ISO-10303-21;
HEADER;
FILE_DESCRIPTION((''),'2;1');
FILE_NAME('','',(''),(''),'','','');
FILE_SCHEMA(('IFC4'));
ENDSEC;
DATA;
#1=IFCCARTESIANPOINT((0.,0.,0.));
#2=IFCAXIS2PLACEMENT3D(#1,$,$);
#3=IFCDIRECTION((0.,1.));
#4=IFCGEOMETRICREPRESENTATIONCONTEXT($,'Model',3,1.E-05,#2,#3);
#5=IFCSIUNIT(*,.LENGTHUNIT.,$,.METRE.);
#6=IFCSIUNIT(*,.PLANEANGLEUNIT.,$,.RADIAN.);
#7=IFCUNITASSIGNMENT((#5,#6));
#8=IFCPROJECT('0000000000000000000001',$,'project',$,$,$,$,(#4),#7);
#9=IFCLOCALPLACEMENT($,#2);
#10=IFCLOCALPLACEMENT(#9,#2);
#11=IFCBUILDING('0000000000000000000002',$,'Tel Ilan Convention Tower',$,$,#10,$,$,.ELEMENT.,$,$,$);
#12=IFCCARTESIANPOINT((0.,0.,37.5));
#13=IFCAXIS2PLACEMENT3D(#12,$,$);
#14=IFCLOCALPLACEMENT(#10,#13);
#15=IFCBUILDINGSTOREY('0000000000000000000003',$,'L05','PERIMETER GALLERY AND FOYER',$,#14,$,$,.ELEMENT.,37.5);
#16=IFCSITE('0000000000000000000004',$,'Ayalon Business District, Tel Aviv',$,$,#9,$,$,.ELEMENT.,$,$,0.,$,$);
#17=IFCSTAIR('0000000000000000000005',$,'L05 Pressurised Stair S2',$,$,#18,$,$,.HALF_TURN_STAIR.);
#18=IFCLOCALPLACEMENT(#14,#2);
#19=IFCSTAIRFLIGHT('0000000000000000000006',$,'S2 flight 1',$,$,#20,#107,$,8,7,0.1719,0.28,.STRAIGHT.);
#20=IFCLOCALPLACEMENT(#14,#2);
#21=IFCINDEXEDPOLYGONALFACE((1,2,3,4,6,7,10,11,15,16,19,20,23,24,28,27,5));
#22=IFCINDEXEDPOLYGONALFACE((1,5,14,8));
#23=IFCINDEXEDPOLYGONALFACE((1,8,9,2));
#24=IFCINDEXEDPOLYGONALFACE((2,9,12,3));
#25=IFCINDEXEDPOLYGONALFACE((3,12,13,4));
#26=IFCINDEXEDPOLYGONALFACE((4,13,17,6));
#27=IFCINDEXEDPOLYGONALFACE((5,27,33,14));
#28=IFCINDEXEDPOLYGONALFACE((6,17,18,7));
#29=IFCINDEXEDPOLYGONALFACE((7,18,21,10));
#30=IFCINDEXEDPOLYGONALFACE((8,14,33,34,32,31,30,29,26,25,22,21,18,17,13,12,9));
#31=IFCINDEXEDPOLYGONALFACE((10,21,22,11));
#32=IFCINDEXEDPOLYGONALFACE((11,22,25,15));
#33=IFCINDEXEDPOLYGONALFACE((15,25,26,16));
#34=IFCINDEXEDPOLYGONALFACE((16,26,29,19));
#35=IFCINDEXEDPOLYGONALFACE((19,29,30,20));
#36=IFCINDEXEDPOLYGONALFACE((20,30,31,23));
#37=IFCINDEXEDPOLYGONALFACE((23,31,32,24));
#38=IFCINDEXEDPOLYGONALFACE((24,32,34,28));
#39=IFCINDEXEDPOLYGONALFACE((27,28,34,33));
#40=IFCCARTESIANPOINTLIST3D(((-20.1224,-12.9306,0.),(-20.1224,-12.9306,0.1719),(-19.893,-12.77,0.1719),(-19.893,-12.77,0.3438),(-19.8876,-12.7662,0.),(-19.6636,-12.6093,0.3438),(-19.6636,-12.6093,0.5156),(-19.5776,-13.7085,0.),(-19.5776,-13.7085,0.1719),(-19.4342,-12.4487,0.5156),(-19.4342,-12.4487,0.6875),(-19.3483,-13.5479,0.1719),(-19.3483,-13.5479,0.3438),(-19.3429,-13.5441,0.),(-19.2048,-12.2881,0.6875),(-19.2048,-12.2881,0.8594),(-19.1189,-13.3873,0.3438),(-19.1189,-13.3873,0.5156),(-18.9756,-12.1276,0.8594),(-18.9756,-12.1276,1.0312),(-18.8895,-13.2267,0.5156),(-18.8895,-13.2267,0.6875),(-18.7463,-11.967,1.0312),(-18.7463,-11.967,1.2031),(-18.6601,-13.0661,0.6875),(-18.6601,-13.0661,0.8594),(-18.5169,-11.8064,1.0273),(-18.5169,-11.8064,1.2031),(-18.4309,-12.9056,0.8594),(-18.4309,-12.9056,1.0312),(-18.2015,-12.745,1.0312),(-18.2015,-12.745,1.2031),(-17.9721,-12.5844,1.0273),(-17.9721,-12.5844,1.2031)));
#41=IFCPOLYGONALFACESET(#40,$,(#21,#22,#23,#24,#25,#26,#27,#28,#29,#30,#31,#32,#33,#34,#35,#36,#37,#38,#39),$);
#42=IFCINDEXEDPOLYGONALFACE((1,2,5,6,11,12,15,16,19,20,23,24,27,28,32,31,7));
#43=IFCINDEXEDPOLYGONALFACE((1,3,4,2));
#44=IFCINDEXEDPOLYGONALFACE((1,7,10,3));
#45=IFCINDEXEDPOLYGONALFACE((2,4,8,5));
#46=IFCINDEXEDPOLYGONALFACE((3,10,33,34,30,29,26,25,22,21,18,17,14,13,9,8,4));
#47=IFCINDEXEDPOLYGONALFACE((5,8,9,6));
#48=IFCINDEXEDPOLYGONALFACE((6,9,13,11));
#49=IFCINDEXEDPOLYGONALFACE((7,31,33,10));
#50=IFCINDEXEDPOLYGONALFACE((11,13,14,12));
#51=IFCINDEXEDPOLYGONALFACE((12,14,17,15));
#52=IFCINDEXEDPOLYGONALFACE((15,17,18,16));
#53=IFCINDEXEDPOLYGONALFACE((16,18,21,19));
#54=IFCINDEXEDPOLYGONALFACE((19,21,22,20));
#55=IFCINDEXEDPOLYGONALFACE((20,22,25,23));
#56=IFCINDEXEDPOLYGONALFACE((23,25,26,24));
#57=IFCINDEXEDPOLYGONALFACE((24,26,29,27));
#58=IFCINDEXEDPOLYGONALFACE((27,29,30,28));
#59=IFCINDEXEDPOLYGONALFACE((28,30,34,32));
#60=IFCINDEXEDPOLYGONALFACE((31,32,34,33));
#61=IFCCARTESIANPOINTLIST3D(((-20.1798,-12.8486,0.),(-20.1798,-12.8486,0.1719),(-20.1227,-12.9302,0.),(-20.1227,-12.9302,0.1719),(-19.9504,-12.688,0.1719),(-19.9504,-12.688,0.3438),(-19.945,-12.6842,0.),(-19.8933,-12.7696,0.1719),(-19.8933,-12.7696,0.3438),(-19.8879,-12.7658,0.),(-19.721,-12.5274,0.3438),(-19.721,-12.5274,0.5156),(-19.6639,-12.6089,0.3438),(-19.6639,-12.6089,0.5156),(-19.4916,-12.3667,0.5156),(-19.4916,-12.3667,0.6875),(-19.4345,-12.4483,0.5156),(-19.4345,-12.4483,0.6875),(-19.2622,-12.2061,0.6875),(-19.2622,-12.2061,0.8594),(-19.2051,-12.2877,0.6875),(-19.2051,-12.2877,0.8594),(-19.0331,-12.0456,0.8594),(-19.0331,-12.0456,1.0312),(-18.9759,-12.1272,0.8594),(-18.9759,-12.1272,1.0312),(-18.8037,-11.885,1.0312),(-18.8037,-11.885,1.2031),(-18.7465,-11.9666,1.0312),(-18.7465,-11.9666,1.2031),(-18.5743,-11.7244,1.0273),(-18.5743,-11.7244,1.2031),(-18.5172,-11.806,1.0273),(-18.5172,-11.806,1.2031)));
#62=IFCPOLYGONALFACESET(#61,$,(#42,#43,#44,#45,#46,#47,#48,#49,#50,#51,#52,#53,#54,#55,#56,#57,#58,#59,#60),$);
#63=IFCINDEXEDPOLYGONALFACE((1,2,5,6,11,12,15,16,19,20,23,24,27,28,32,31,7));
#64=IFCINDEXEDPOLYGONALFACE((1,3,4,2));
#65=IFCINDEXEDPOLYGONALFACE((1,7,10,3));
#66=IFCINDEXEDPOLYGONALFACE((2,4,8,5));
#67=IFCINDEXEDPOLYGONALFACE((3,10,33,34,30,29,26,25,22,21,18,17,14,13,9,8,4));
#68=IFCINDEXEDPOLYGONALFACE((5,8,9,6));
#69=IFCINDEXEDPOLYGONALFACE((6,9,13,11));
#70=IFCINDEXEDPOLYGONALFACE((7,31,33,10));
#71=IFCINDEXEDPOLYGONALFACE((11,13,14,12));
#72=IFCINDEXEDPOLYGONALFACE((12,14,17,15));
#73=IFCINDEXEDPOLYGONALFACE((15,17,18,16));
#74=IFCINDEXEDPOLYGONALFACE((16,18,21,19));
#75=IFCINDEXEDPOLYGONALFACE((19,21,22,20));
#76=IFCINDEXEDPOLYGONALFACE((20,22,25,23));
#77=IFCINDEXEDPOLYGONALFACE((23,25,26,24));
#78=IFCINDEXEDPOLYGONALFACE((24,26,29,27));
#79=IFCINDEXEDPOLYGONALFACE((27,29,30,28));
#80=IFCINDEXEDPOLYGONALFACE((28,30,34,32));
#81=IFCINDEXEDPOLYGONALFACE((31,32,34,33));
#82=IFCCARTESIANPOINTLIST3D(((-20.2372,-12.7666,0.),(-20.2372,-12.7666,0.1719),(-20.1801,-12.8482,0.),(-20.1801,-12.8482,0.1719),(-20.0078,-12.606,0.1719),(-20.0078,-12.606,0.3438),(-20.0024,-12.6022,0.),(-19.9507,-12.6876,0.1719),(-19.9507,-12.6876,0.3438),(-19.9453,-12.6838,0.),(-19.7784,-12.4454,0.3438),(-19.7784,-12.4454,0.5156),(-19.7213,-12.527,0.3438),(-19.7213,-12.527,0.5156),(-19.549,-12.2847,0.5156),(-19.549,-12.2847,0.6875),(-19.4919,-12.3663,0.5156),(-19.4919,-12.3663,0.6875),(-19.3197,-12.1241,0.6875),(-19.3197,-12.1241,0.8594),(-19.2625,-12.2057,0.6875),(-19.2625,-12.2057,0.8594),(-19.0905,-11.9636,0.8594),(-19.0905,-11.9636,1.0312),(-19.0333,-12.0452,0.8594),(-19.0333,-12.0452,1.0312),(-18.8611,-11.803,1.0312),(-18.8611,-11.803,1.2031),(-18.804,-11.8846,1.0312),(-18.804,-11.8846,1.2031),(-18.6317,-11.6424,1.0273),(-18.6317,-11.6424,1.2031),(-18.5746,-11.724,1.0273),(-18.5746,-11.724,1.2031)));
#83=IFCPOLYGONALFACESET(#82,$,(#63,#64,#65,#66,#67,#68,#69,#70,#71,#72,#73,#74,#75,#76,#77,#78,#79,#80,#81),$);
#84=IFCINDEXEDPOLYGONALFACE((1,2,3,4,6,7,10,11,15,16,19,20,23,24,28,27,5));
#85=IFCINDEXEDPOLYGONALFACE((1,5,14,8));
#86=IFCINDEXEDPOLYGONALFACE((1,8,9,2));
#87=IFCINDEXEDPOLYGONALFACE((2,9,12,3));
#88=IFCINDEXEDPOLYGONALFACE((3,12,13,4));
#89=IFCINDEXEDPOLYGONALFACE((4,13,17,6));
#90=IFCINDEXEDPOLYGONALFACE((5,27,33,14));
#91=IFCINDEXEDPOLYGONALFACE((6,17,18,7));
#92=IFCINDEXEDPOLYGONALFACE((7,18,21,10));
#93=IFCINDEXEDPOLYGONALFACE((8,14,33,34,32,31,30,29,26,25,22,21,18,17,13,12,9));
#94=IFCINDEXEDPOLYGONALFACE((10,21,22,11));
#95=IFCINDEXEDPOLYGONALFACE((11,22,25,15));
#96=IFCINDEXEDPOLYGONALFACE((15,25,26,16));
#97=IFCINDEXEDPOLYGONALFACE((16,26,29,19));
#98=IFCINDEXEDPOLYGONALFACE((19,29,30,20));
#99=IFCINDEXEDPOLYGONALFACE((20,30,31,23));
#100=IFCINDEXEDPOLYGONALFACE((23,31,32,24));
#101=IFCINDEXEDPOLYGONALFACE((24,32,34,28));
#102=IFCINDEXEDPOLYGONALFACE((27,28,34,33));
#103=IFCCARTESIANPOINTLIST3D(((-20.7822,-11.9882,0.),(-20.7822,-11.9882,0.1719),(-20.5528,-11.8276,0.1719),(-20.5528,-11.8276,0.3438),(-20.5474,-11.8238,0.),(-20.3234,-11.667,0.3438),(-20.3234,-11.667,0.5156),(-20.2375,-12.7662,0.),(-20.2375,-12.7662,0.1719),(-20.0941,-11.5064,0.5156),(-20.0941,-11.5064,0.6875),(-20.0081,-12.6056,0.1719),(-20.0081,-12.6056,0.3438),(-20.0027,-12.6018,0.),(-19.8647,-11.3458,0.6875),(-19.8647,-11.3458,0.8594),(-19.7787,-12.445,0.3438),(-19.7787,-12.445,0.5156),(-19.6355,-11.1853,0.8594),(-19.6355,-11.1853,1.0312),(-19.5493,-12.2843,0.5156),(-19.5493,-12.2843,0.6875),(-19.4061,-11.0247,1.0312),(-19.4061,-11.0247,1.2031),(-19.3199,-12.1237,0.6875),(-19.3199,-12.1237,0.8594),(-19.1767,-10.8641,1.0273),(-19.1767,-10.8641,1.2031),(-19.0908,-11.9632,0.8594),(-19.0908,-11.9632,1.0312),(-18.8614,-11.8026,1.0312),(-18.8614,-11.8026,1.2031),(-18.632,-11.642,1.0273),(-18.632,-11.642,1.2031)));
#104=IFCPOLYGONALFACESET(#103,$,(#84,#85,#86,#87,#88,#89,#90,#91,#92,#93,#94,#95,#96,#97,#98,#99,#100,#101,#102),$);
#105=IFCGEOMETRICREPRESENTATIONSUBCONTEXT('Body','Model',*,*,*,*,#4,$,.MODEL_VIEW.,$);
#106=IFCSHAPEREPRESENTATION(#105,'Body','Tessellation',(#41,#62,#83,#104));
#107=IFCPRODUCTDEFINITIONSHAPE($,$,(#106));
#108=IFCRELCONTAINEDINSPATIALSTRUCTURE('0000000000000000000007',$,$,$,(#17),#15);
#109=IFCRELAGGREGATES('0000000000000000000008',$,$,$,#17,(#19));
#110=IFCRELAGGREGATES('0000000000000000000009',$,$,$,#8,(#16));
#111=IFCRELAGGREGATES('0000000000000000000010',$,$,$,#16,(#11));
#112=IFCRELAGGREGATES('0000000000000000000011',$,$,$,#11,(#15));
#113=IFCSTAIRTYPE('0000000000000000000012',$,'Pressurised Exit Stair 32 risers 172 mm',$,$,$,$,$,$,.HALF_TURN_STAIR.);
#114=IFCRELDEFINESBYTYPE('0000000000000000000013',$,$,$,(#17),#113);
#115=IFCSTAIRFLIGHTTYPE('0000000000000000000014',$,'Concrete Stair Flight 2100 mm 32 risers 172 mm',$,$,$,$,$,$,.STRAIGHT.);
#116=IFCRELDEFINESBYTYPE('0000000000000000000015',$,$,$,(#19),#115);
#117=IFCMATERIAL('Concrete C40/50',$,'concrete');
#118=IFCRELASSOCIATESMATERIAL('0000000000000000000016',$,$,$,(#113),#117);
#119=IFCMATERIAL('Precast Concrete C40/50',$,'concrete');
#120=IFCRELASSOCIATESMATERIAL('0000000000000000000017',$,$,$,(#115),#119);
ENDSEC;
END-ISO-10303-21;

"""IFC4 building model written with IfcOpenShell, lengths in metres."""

from ifc_helpers import new_model, si_unit, direction, frame, origin, place, context, subcontext, project, spatial, polyline, outline, extrude, material, type_object, element, aggregate, save


model = new_model("IFC4")

# Units and contexts
model_context = context("Model", 3, precision=1e-05, world=origin(), true_north=direction((0.0, 1.0)))
body_context = subcontext(model_context, "Body", "Model", "MODEL_VIEW")
ifc_project = project(units=[si_unit("LENGTHUNIT", "METRE"), si_unit("PLANEANGLEUNIT", "RADIAN")], contexts=[model_context])

# Site, building, storey
site_placement = place(None, origin())
site = spatial("IfcSite", under=ifc_project, at=site_placement, Name="Ayalon Business District, Tel Aviv", CompositionType="ELEMENT", RefElevation=0.0)
building_placement = place(site_placement, origin())
building = spatial("IfcBuilding", under=site, at=building_placement, Name="Tel Ilan Convention Tower", CompositionType="ELEMENT")
storey_placement = place(building_placement, frame((0.0, 0.0, 37.5)))
storey = spatial("IfcBuildingStorey", under=building, at=storey_placement, Name="L05", Description="PERIMETER GALLERY AND FOYER", CompositionType="ELEMENT", Elevation=37.5)

# Stair, stair flight
ifc_material_1 = material(Name="Concrete C40/50", Category="concrete")
stair_type = type_object("IfcStairType", Name="Pressurised Exit Stair 32 risers 172 mm", PredefinedType="HALF_TURN_STAIR", material=ifc_material_1)
stair_placement = place(storey_placement, origin())
stair = element("IfcStair", 1, at=stair_placement, inside=storey, type_object=stair_type, Name="L05 Pressurised Stair S2", PredefinedType="HALF_TURN_STAIR")
ifc_material_2 = material(Name="Precast Concrete C40/50", Category="concrete")
stair_flight_type = type_object("IfcStairFlightType", Name="Concrete Stair Flight 2100 mm 32 risers 172 mm", PredefinedType="STRAIGHT", material=ifc_material_2)
stair_flight_1_placement = place(storey_placement, frame((-20.1799, -12.8484, 0.0), z_axis=(0.0, 0.0, 1.0), x_axis=(0.819152, 0.573576, 0.0)))
stair_flight_1 = element("IfcStairFlight", 2, at=stair_flight_1_placement, type_object=stair_flight_type, Name="S2 flight 1", NumberOfRisers=8, NumberOfTreads=7, PredefinedType="STRAIGHT", RiserHeight=0.1719, TreadLength=0.28, context=body_context, shape_type="SweptSolid", body=[
    extrude(outline(polyline([(0.0, 0.0), (0.0, 0.1719), (0.28, 0.1719), (0.28, 0.3438), (0.5601, 0.3438), (0.5601, 0.5156), (0.8401, 0.5156), (0.8401, 0.6875), (1.1201, 0.6875), (1.1201, 0.8594), (1.3999, 0.8594), (1.3999, 1.0312), (1.6799, 1.0312), (1.6799, 1.2031), (1.96, 1.2031), (1.96, 1.375), (1.96, 1.0273), (0.2866, 0.0), (0.0, 0.0)])), frame((0.0, -0.1003, 0.0), z_axis=(0.0, -1.0, 0.0), x_axis=(1.0, 0.0, 0.0)), (0.0, 0.0, 1.0), 0.9497),
    extrude(outline(polyline([(0.0, 0.0), (0.0, 0.1719), (0.28, 0.1719), (0.28, 0.3438), (0.5601, 0.3438), (0.5601, 0.5156), (0.8401, 0.5156), (0.8401, 0.6875), (1.1201, 0.6875), (1.1201, 0.8594), (1.3999, 0.8594), (1.3999, 1.0312), (1.6799, 1.0312), (1.6799, 1.2031), (1.96, 1.2031), (1.96, 1.375), (1.96, 1.0273), (0.2866, 0.0), (0.0, 0.0)])), frame((0.0, -0.0002, 0.0), z_axis=(0.0, -1.0, 0.0), x_axis=(1.0, 0.0, 0.0)), (0.0, 0.0, 1.0), 0.0996),
    extrude(outline(polyline([(0.0, 0.0), (0.0, 0.1719), (0.28, 0.1719), (0.28, 0.3438), (0.5601, 0.3438), (0.5601, 0.5156), (0.8401, 0.5156), (0.8401, 0.6875), (1.1201, 0.6875), (1.1201, 0.8594), (1.3999, 0.8594), (1.3999, 1.0312), (1.6799, 1.0312), (1.6799, 1.2031), (1.96, 1.2031), (1.96, 1.375), (1.96, 1.0273), (0.2866, 0.0), (0.0, 0.0)])), frame((0.0, 0.0999, 0.0), z_axis=(0.0, -1.0, 0.0), x_axis=(1.0, 0.0, 0.0)), (0.0, 0.0, 1.0), 0.0996),
    extrude(outline(polyline([(0.0, 0.0), (0.0, 0.1719), (0.28, 0.1719), (0.28, 0.3438), (0.5601, 0.3438), (0.5601, 0.5156), (0.8401, 0.5156), (0.8401, 0.6875), (1.1201, 0.6875), (1.1201, 0.8594), (1.3999, 0.8594), (1.3999, 1.0312), (1.6799, 1.0312), (1.6799, 1.2031), (1.96, 1.2031), (1.96, 1.375), (1.96, 1.0273), (0.2866, 0.0), (0.0, 0.0)])), frame((0.0, 1.05, 0.0), z_axis=(0.0, -1.0, 0.0), x_axis=(1.0, 0.0, 0.0)), (0.0, 0.0, 1.0), 0.9497),
])
aggregate(stair, [stair_flight_1])

save(model, "model.ifc")
